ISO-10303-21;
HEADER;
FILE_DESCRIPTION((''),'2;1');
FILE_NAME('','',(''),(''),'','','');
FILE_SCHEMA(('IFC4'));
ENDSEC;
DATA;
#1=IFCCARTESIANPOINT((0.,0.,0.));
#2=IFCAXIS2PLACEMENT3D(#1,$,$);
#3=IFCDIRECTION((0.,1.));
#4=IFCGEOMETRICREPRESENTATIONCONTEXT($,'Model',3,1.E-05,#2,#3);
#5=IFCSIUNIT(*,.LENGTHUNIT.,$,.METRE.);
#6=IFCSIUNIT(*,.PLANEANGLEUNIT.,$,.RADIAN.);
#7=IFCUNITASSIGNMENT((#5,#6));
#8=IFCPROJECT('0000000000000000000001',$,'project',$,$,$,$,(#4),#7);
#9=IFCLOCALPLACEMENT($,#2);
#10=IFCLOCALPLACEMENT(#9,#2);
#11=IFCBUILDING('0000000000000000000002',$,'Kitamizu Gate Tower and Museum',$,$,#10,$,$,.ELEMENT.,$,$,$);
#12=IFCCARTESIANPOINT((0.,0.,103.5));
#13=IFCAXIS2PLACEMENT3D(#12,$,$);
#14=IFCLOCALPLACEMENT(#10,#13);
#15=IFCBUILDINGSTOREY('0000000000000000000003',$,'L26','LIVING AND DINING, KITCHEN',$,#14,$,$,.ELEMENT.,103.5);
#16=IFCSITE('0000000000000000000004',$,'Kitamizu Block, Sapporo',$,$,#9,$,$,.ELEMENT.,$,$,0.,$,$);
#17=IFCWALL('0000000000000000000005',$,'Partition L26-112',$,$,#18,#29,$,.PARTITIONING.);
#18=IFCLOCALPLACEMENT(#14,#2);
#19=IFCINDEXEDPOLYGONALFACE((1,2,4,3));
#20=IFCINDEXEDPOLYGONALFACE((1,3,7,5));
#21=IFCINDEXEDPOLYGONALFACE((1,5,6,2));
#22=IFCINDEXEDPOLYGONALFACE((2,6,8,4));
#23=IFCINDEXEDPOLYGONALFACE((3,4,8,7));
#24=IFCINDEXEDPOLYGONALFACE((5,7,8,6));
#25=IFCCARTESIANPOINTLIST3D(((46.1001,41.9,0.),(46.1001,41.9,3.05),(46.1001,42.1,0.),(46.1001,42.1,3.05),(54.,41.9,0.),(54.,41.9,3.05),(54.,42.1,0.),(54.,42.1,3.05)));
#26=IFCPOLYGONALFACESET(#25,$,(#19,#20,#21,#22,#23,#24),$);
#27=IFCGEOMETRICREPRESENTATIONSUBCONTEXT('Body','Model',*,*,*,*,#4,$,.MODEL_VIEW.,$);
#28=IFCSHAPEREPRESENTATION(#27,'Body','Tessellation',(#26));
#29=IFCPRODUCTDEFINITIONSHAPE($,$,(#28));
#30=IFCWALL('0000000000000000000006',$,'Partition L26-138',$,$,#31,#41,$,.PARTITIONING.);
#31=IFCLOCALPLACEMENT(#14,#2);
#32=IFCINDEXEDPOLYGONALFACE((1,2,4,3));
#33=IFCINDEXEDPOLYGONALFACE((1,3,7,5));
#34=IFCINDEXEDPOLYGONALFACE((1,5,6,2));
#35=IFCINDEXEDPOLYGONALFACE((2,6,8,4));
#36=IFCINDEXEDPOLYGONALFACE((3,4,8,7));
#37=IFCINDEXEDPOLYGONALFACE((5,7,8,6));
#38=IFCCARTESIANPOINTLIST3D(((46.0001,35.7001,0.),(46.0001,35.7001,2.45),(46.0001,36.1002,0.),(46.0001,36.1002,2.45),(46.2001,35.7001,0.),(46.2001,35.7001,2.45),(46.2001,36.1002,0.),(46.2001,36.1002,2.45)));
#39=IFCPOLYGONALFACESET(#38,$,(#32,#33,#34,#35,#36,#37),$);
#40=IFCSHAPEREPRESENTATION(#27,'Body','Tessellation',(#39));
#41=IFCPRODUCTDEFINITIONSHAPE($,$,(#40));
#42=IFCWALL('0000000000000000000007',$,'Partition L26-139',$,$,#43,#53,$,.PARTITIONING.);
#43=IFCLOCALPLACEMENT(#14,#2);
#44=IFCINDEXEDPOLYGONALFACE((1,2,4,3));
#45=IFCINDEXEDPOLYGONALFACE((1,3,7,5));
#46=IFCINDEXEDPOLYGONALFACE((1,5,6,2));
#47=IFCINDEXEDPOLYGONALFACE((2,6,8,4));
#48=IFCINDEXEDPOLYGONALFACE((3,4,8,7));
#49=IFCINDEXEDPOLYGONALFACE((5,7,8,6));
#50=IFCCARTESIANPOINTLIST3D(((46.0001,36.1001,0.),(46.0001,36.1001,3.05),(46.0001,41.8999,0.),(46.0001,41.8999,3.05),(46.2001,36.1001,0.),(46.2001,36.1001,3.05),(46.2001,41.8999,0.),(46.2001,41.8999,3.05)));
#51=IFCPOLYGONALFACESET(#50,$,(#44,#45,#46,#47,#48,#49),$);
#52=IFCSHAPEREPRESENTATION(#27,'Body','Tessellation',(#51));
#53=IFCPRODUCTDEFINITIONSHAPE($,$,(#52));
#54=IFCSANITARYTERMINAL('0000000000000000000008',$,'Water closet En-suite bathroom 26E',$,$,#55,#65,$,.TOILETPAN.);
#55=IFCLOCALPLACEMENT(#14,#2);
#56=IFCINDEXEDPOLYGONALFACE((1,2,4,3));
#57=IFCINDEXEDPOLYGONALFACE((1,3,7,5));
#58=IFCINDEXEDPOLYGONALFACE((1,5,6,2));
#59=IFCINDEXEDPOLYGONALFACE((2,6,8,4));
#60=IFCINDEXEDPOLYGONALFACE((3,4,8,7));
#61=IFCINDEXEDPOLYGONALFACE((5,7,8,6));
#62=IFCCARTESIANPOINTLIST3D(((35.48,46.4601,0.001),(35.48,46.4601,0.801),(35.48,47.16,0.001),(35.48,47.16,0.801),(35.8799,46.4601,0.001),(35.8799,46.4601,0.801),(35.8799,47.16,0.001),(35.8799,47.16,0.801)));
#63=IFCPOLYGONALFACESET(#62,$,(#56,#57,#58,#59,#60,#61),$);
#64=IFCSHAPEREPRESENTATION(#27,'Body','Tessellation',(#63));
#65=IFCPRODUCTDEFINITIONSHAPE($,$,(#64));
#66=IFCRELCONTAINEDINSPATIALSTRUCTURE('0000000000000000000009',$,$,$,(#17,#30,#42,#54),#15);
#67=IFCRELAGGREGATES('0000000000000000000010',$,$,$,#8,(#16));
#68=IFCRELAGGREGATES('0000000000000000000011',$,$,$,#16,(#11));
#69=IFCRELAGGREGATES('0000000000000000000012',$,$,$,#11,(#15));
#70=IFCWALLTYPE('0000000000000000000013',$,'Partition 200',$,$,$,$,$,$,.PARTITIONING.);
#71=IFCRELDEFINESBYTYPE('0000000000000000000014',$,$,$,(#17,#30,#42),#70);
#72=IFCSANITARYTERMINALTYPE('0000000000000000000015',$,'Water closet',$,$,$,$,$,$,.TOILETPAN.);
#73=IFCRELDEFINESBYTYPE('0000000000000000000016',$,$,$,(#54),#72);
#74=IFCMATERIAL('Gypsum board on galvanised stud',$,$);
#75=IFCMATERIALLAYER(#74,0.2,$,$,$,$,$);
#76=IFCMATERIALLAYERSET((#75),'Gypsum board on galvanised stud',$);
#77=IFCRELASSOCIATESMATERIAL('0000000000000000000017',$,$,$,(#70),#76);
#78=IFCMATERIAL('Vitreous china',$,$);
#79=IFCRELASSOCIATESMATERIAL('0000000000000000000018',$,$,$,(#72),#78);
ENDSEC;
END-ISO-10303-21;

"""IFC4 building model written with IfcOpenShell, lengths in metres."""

from ifc_helpers import new_model, si_unit, direction, frame, frame_2d, origin, origin_2d, place, context, subcontext, project, spatial, rectangle, extrude, material, layer, layer_set, type_object, element, save


model = new_model("IFC4")

# Units and contexts
model_context = context("Model", 3, precision=1e-05, world=origin(), true_north=direction((0.0, 1.0)))
body_context = subcontext(model_context, "Body", "Model", "MODEL_VIEW")
ifc_project = project(units=[si_unit("LENGTHUNIT", "METRE"), si_unit("PLANEANGLEUNIT", "RADIAN")], contexts=[model_context])

# Site, building, storey
site_placement = place(None, origin())
site = spatial("IfcSite", under=ifc_project, at=site_placement, Name="Kitamizu Block, Sapporo", CompositionType="ELEMENT", RefElevation=0.0)
building_placement = place(site_placement, origin())
building = spatial("IfcBuilding", under=site, at=building_placement, Name="Kitamizu Gate Tower and Museum", CompositionType="ELEMENT")
storey_placement = place(building_placement, frame((0.0, 0.0, 103.5)))
storey = spatial("IfcBuildingStorey", under=building, at=storey_placement, Name="L26", Description="LIVING AND DINING, KITCHEN", CompositionType="ELEMENT", Elevation=103.5)

# Walls
ifc_material_1 = material(Name="Gypsum board on galvanised stud")
ifc_layer_1 = layer(ifc_material_1, 0.2)
ifc_layer_set_1 = layer_set([ifc_layer_1], Name="Gypsum board on galvanised stud")
wall_type_1 = type_object("IfcWallType", Name="Partition 200", PredefinedType="PARTITIONING", material=ifc_layer_set_1)
wall_1_placement = place(storey_placement, frame((46.1001, 42.0, 0.0), z_axis=(0.0, 0.0, 1.0), x_axis=(1.0, 0.0, 0.0)))
element("IfcWall", 1, at=wall_1_placement, inside=storey, type_object=wall_type_1, Name="Partition L26-112", PredefinedType="PARTITIONING", context=body_context, shape_type="SweptSolid", body=[
    extrude(rectangle(XDim=7.8999, YDim=0.2, at=frame_2d((3.95, 0.0))), origin(), (0.0, 0.0, 1.0), 3.05),
])
wall_2_placement = place(storey_placement, frame((46.1001, 35.7, 0.0), z_axis=(0.0, 0.0, 1.0), x_axis=(0.0, 1.0, 0.0)))
element("IfcWall", 2, at=wall_2_placement, inside=storey, type_object=wall_type_1, Name="Partition L26-138", PredefinedType="PARTITIONING", context=body_context, shape_type="SweptSolid", body=[
    extrude(rectangle(XDim=0.4001, YDim=0.2, at=frame_2d((0.2002, 0.0))), origin(), (0.0, 0.0, 1.0), 2.45),
])
wall_3_placement = place(storey_placement, frame((46.1001, 36.1001, 0.0), z_axis=(0.0, 0.0, 1.0), x_axis=(0.0, 1.0, 0.0)))
element("IfcWall", 3, at=wall_3_placement, inside=storey, type_object=wall_type_1, Name="Partition L26-139", PredefinedType="PARTITIONING", context=body_context, shape_type="SweptSolid", body=[
    extrude(rectangle(XDim=5.7998, YDim=0.2, at=frame_2d((2.8999, 0.0))), origin(), (0.0, 0.0, 1.0), 3.05),
])

# Sanitary terminal
ifc_material_2 = material(Name="Vitreous china")
sanitary_terminal_type = type_object("IfcSanitaryTerminalType", Name="Water closet", PredefinedType="TOILETPAN", material=ifc_material_2)
sanitary_terminal_placement = place(storey_placement, frame((35.6799, 46.8101, 0.001), z_axis=(0.0, 0.0, 1.0), x_axis=(1.0, 0.0, 0.0)))
element("IfcSanitaryTerminal", 4, at=sanitary_terminal_placement, inside=storey, type_object=sanitary_terminal_type, Name="Water closet En-suite bathroom 26E", PredefinedType="TOILETPAN", context=body_context, shape_type="SweptSolid", body=[
    extrude(rectangle(XDim=0.3999, YDim=0.7, at=origin_2d()), origin(), (0.0, 0.0, 1.0), 0.8),
])

save(model, "model.ifc")
